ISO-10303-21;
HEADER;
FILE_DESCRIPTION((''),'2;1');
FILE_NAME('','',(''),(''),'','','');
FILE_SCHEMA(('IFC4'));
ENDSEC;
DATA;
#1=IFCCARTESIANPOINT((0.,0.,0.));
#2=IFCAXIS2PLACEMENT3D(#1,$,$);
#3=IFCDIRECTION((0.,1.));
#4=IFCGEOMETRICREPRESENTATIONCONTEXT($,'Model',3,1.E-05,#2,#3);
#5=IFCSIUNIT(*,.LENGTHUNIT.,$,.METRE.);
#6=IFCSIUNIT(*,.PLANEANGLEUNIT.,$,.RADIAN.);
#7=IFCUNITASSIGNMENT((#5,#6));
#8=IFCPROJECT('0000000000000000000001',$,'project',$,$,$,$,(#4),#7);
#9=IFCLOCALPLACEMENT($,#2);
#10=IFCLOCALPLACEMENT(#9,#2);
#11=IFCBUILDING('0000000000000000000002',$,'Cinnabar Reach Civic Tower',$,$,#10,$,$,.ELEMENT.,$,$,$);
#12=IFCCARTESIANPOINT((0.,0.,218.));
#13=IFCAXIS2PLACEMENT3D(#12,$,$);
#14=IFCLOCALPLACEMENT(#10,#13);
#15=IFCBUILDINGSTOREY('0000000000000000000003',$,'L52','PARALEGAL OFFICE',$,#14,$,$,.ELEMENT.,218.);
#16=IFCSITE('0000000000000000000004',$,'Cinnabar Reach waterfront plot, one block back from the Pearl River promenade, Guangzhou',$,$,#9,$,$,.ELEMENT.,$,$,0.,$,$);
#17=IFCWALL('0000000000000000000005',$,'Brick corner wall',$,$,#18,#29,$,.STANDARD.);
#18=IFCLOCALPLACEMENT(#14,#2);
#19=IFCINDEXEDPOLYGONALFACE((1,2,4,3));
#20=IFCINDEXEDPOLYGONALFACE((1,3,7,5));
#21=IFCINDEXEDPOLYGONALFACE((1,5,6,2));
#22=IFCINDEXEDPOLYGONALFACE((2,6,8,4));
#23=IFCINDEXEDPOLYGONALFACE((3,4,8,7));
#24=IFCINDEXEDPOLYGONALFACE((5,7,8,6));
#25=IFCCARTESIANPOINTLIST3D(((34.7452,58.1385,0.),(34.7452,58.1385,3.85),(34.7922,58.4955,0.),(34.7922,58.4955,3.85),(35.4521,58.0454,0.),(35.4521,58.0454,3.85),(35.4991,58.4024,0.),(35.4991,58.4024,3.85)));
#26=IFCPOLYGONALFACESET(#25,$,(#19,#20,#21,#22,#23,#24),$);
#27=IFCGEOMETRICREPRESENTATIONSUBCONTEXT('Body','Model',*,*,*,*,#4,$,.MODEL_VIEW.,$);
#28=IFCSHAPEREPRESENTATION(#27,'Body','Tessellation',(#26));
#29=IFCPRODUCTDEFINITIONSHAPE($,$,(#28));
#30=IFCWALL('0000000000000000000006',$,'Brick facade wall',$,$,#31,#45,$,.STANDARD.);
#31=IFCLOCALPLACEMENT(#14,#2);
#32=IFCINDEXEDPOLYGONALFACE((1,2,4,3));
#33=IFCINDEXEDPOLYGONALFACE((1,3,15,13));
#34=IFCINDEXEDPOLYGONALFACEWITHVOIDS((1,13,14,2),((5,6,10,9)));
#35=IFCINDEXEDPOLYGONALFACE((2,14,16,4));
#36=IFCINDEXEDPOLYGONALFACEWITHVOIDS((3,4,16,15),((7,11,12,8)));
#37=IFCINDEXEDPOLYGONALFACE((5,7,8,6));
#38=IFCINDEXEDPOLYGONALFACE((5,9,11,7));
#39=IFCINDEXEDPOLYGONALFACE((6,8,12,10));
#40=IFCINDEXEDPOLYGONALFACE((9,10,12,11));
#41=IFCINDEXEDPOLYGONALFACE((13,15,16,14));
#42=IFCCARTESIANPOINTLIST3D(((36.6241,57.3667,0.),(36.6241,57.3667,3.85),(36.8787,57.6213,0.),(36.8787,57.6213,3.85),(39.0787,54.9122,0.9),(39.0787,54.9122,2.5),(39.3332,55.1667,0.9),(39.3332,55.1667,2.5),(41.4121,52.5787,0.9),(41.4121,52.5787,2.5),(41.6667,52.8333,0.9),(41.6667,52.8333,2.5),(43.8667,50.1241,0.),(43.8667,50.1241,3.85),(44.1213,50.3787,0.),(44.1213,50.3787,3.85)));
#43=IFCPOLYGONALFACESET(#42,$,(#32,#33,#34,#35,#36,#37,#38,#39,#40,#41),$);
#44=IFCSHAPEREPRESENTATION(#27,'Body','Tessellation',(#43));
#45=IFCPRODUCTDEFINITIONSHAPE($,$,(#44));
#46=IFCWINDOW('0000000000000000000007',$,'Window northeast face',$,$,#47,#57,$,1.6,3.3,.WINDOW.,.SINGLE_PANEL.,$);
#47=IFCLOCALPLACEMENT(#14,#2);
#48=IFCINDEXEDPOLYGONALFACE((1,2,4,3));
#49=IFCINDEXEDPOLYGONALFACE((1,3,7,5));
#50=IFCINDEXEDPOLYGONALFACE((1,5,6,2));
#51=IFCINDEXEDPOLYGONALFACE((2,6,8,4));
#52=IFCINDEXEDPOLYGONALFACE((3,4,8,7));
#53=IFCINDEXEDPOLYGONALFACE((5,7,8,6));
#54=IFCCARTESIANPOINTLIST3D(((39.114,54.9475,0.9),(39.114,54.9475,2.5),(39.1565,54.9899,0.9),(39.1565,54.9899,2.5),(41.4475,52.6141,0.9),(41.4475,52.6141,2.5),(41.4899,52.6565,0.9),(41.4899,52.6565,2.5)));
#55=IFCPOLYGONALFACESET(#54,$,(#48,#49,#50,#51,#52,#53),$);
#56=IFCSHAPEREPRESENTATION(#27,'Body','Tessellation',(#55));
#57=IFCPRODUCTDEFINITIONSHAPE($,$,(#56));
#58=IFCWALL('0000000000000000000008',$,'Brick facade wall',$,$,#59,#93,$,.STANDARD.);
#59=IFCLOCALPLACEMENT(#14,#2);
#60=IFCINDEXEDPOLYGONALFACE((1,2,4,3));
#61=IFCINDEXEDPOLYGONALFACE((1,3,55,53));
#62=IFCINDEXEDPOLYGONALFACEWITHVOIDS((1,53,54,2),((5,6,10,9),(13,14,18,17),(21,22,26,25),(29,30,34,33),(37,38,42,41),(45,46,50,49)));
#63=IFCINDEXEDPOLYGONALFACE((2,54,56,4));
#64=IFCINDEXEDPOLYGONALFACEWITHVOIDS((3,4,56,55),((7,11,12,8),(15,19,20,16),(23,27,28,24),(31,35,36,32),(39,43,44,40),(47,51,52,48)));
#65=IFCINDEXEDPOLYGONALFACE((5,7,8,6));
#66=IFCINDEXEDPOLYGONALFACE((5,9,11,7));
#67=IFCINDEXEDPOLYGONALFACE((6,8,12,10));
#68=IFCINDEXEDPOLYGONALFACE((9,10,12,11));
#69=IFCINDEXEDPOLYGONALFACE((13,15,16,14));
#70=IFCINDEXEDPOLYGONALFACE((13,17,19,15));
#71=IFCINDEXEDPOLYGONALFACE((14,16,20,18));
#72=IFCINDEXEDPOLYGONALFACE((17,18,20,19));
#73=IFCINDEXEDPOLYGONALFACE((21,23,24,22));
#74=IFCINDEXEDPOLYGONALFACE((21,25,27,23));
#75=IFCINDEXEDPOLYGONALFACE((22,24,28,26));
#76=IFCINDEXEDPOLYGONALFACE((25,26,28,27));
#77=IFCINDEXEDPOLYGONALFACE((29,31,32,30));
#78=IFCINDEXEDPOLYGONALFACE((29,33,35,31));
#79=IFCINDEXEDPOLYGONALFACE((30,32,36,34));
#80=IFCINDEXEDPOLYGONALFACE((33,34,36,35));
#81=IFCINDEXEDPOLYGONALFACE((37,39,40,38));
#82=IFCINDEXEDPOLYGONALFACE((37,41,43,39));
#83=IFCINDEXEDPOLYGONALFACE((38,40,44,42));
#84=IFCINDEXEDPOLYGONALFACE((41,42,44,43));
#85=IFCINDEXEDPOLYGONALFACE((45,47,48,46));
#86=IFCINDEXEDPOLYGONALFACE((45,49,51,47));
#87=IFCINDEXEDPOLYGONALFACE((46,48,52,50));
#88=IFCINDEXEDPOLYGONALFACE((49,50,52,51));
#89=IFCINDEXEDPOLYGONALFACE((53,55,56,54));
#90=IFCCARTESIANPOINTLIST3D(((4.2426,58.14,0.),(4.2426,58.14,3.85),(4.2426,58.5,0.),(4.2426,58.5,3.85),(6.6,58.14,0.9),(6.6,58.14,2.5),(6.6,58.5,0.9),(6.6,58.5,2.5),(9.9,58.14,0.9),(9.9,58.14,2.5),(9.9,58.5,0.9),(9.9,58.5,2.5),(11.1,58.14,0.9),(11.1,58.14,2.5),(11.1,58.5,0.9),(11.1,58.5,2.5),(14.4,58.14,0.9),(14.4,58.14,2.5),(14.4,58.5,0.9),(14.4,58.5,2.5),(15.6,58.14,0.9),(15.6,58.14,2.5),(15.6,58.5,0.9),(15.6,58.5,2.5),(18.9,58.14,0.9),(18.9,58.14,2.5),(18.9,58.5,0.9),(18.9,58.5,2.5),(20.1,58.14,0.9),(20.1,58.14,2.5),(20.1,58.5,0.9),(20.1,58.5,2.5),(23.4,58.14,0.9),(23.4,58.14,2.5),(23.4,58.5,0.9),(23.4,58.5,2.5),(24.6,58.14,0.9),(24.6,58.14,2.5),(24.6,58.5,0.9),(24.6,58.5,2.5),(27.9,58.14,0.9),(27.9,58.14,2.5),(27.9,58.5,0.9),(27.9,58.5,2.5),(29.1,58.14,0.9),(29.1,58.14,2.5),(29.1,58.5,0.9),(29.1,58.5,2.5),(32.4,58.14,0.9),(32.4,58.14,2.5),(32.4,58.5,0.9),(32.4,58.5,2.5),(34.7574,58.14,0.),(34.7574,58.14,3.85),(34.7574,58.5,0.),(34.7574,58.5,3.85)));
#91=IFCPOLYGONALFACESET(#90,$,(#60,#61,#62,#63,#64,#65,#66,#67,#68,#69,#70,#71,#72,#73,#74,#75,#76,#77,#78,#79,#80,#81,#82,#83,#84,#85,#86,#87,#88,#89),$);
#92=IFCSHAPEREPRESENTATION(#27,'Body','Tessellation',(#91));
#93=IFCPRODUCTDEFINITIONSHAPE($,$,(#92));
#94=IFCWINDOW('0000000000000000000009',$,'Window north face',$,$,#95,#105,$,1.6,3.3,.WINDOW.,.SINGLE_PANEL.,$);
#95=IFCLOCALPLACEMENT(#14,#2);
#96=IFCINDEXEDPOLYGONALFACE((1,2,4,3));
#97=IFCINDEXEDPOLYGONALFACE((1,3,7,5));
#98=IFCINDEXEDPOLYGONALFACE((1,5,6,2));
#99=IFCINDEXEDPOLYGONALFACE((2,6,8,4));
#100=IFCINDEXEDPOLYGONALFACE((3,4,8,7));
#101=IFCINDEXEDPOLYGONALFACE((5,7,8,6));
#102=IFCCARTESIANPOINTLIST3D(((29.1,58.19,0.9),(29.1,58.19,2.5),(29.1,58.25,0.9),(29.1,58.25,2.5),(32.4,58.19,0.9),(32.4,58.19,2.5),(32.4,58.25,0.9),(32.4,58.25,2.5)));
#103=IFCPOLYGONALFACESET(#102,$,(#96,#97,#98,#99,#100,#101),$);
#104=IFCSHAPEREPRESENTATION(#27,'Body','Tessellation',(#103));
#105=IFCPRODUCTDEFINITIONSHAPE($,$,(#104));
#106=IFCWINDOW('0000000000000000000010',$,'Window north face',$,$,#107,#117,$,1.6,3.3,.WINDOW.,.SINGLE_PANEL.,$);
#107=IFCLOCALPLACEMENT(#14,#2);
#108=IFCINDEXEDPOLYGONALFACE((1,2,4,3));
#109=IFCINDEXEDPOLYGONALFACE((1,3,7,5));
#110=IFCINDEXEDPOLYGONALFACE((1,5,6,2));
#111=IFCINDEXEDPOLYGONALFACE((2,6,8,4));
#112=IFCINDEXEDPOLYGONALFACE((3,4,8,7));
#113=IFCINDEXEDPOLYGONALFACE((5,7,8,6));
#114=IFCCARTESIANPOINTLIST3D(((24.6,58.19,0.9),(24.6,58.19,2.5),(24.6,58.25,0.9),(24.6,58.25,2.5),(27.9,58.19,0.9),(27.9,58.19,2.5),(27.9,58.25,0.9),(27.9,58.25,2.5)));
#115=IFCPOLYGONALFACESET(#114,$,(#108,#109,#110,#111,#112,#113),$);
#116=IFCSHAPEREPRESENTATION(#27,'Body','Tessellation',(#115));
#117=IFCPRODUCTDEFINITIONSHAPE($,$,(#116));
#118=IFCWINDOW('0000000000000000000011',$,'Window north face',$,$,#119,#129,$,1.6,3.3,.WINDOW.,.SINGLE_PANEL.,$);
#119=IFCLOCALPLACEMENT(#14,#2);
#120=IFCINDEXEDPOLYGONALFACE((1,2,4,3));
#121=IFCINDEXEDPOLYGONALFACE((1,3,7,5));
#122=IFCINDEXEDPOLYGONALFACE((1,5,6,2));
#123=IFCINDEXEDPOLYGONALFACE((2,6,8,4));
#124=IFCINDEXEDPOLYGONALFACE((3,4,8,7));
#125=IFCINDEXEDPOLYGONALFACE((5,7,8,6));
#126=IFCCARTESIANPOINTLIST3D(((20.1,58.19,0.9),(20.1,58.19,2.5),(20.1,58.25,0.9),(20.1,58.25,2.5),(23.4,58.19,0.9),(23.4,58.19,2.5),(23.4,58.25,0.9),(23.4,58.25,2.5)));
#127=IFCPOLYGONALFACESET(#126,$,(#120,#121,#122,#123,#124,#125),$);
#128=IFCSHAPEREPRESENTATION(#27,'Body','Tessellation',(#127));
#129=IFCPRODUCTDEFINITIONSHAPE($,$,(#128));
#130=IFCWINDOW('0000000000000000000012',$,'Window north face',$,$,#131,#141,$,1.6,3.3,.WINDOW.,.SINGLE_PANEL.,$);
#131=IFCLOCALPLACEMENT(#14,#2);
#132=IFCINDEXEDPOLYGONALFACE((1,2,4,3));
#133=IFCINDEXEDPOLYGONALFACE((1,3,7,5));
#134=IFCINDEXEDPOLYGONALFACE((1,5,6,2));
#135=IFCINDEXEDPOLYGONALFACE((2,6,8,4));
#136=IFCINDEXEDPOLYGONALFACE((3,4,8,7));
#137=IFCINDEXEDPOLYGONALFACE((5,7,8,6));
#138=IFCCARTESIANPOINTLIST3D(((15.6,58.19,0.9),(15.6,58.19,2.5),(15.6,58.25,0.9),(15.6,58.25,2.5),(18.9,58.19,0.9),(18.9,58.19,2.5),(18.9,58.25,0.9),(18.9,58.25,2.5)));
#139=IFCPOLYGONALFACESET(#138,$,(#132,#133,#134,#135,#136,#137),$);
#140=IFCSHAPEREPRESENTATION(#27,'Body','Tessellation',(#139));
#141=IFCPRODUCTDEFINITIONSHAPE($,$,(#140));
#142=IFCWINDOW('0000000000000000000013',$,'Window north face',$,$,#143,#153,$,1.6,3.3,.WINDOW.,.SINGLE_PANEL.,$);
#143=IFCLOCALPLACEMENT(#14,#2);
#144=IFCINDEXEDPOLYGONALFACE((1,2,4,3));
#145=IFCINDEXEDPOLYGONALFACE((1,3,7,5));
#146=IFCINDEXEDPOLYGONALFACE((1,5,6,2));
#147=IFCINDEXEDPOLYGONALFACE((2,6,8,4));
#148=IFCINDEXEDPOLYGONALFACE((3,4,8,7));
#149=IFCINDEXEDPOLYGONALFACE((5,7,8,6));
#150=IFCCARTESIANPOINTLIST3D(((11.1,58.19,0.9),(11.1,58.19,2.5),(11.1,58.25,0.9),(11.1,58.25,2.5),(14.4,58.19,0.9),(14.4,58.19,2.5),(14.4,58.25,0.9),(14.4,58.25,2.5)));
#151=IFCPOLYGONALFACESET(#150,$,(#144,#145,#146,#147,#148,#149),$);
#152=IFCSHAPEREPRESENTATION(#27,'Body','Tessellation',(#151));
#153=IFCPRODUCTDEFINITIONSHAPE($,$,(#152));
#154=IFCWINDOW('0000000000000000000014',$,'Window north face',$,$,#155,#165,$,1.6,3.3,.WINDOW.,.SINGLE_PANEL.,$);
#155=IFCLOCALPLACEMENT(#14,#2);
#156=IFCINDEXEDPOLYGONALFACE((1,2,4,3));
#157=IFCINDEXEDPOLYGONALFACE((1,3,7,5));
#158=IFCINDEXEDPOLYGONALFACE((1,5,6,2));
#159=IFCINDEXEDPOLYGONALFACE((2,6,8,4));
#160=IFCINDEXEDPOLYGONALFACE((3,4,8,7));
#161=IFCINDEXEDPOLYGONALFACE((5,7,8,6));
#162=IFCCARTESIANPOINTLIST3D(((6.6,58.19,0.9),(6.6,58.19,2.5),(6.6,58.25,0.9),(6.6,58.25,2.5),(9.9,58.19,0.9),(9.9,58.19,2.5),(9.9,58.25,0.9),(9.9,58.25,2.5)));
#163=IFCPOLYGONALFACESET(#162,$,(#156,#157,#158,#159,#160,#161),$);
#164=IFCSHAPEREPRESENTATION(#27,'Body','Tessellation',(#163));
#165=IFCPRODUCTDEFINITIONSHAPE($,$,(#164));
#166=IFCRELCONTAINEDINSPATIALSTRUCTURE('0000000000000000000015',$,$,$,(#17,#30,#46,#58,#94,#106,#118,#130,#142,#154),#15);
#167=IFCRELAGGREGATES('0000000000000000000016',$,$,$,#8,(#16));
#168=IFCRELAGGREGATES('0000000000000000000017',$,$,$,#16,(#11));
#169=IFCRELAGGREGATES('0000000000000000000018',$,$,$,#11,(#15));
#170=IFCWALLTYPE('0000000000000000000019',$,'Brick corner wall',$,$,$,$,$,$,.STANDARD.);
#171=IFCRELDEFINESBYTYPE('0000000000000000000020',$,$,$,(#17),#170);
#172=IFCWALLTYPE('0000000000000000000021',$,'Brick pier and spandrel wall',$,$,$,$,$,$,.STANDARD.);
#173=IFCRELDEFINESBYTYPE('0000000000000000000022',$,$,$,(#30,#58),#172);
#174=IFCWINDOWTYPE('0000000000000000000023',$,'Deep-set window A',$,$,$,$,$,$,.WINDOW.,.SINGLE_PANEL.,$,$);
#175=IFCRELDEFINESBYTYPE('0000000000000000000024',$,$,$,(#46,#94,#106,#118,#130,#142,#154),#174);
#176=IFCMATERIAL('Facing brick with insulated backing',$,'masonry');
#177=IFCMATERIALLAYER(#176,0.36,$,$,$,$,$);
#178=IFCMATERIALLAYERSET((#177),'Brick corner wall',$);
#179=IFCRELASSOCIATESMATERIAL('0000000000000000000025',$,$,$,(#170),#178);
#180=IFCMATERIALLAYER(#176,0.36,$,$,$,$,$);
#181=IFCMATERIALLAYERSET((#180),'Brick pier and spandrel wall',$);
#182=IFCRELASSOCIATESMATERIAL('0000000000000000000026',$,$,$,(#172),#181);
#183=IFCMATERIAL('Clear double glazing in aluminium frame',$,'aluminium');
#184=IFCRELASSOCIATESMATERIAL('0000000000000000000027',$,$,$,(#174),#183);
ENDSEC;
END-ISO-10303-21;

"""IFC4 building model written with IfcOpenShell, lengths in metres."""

from ifc_helpers import new_model, si_unit, direction, frame, frame_2d, origin, place, context, subcontext, project, spatial, rectangle, extrude, material, layer, layer_set, type_object, element, fill, save


model = new_model("IFC4")

# Units and contexts
model_context = context("Model", 3, precision=1e-05, world=origin(), true_north=direction((0.0, 1.0)))
body_context = subcontext(model_context, "Body", "Model", "MODEL_VIEW")
ifc_project = project(units=[si_unit("LENGTHUNIT", "METRE"), si_unit("PLANEANGLEUNIT", "RADIAN")], contexts=[model_context])

# Site, building, storey
site_placement = place(None, origin())
site = spatial("IfcSite", under=ifc_project, at=site_placement, Name="Cinnabar Reach waterfront plot, one block back from the Pearl River promenade, Guangzhou", CompositionType="ELEMENT", RefElevation=0.0)
building_placement = place(site_placement, origin())
building = spatial("IfcBuilding", under=site, at=building_placement, Name="Cinnabar Reach Civic Tower", CompositionType="ELEMENT")
storey_placement = place(building_placement, frame((0.0, 0.0, 218.0)))
storey = spatial("IfcBuildingStorey", under=building, at=storey_placement, Name="L52", Description="PARALEGAL OFFICE", CompositionType="ELEMENT", Elevation=218.0)

# Wall
ifc_material_1 = material(Name="Facing brick with insulated backing", Category="masonry")
ifc_layer_1 = layer(ifc_material_1, 0.36)
ifc_layer_set_1 = layer_set([ifc_layer_1], Name="Brick corner wall")
wall_type_1 = type_object("IfcWallType", Name="Brick corner wall", PredefinedType="STANDARD", material=ifc_layer_set_1)
for number, where, z_axis, x_axis, name in (
    (1, (35.4756, 58.2239, 0.0), (0.0, 0.0, 1.0), (-0.991441, 0.130556, 0.0), "Brick corner wall"),
):
    element("IfcWall", number, at=place(storey_placement, frame(where, z_axis=z_axis, x_axis=x_axis)), inside=storey, type_object=wall_type_1, Name=name, PredefinedType="STANDARD", context=body_context, shape_type="SweptSolid", body=[
        extrude(rectangle(XDim=0.7131, YDim=0.36, at=frame_2d((0.3565, 0.0))), origin(), (0.0, 0.0, 1.0), 3.85),
    ])

# Wall, opening, window
ifc_layer_2 = layer(ifc_material_1, 0.36)
ifc_layer_set_2 = layer_set([ifc_layer_2], Name="Brick pier and spandrel wall")
wall_type_2 = type_object("IfcWallType", Name="Brick pier and spandrel wall", PredefinedType="STANDARD", material=ifc_layer_set_2)
wall_1_placement = place(storey_placement, frame((43.994, 50.2514, 0.0), z_axis=(0.0, 0.0, 1.0), x_axis=(-0.707107, 0.707107, 0.0)))
wall_1 = element("IfcWall", 2, at=wall_1_placement, inside=storey, type_object=wall_type_2, Name="Brick facade wall", PredefinedType="STANDARD", context=body_context, shape_type="SweptSolid", body=[
    extrude(rectangle(XDim=10.2426, YDim=0.36, at=frame_2d((5.1213, 0.0))), origin(), (0.0, 0.0, 1.0), 3.85),
])
opening_1_placement = place(wall_1_placement, frame((3.4713, 0.0, 0.9)))
opening_1 = element("IfcOpeningElement", 3, at=opening_1_placement, cuts=wall_1, PredefinedType="OPENING", context=body_context, shape_type="SweptSolid", body=[
    extrude(rectangle(XDim=3.3, YDim=1.6, at=frame_2d((1.65, 0.8))), frame((0.0, 0.19, 0.0), z_axis=(0.0, -1.0, 0.0), x_axis=(1.0, 0.0, 0.0)), (0.0, 0.0, 1.0), 0.38),
])
ifc_material_2 = material(Name="Clear double glazing in aluminium frame", Category="aluminium")
window_type = type_object("IfcWindowType", Name="Deep-set window A", PartitioningType="SINGLE_PANEL", PredefinedType="WINDOW", material=ifc_material_2)
window_1_placement = place(opening_1_placement, origin())
window_1 = element("IfcWindow", 4, at=window_1_placement, inside=storey, type_object=window_type, Name="Window northeast face", OverallHeight=1.6, OverallWidth=3.3, PartitioningType="SINGLE_PANEL", PredefinedType="WINDOW", context=body_context, shape_type="SweptSolid", body=[
    extrude(rectangle(XDim=3.3, YDim=1.6, at=frame_2d((1.65, 0.8))), frame((0.0, 0.13, 0.0), z_axis=(0.0, -1.0, 0.0), x_axis=(1.0, 0.0, 0.0)), (0.0, 0.0, 1.0), 0.06),
])
fill(opening_1, window_1)

# Wall, openings, windows
wall_2_placement = place(storey_placement, frame((34.7574, 58.32, 0.0), z_axis=(0.0, 0.0, 1.0), x_axis=(-1.0, 0.0, 0.0)))
wall_2 = element("IfcWall", 5, at=wall_2_placement, inside=storey, type_object=wall_type_2, Name="Brick facade wall", PredefinedType="STANDARD", context=body_context, shape_type="SweptSolid", body=[
    extrude(rectangle(XDim=30.5148, YDim=0.36, at=frame_2d((15.2574, 0.0))), origin(), (0.0, 0.0, 1.0), 3.85),
])
opening_2_placement = place(wall_2_placement, frame((2.3574, 0.0, 0.9)))
opening_2 = element("IfcOpeningElement", 6, at=opening_2_placement, cuts=wall_2, PredefinedType="OPENING", context=body_context, shape_type="SweptSolid", body=[
    extrude(rectangle(XDim=3.3, YDim=1.6, at=frame_2d((1.65, 0.8))), frame((0.0, 0.19, 0.0), z_axis=(0.0, -1.0, 0.0), x_axis=(1.0, 0.0, 0.0)), (0.0, 0.0, 1.0), 0.38),
])
opening_3_placement = place(wall_2_placement, frame((6.8574, 0.0, 0.9)))
opening_3 = element("IfcOpeningElement", 7, at=opening_3_placement, cuts=wall_2, PredefinedType="OPENING", context=body_context, shape_type="SweptSolid", body=[
    extrude(rectangle(XDim=3.3, YDim=1.6, at=frame_2d((1.65, 0.8))), frame((0.0, 0.19, 0.0), z_axis=(0.0, -1.0, 0.0), x_axis=(1.0, 0.0, 0.0)), (0.0, 0.0, 1.0), 0.38),
])
opening_4_placement = place(wall_2_placement, frame((11.3574, 0.0, 0.9)))
opening_4 = element("IfcOpeningElement", 8, at=opening_4_placement, cuts=wall_2, PredefinedType="OPENING", context=body_context, shape_type="SweptSolid", body=[
    extrude(rectangle(XDim=3.3, YDim=1.6, at=frame_2d((1.65, 0.8))), frame((0.0, 0.19, 0.0), z_axis=(0.0, -1.0, 0.0), x_axis=(1.0, 0.0, 0.0)), (0.0, 0.0, 1.0), 0.38),
])
opening_5_placement = place(wall_2_placement, frame((15.8574, 0.0, 0.9)))
opening_5 = element("IfcOpeningElement", 9, at=opening_5_placement, cuts=wall_2, PredefinedType="OPENING", context=body_context, shape_type="SweptSolid", body=[
    extrude(rectangle(XDim=3.3, YDim=1.6, at=frame_2d((1.65, 0.8))), frame((0.0, 0.19, 0.0), z_axis=(0.0, -1.0, 0.0), x_axis=(1.0, 0.0, 0.0)), (0.0, 0.0, 1.0), 0.38),
])
opening_6_placement = place(wall_2_placement, frame((20.3574, 0.0, 0.9)))
opening_6 = element("IfcOpeningElement", 10, at=opening_6_placement, cuts=wall_2, PredefinedType="OPENING", context=body_context, shape_type="SweptSolid", body=[
    extrude(rectangle(XDim=3.3, YDim=1.6, at=frame_2d((1.65, 0.8))), frame((0.0, 0.19, 0.0), z_axis=(0.0, -1.0, 0.0), x_axis=(1.0, 0.0, 0.0)), (0.0, 0.0, 1.0), 0.38),
])
opening_7_placement = place(wall_2_placement, frame((24.8574, 0.0, 0.9)))
opening_7 = element("IfcOpeningElement", 11, at=opening_7_placement, cuts=wall_2, PredefinedType="OPENING", context=body_context, shape_type="SweptSolid", body=[
    extrude(rectangle(XDim=3.3, YDim=1.6, at=frame_2d((1.65, 0.8))), frame((0.0, 0.19, 0.0), z_axis=(0.0, -1.0, 0.0), x_axis=(1.0, 0.0, 0.0)), (0.0, 0.0, 1.0), 0.38),
])
window_2_placement = place(opening_2_placement, origin())
window_2 = element("IfcWindow", 12, at=window_2_placement, inside=storey, type_object=window_type, Name="Window north face", OverallHeight=1.6, OverallWidth=3.3, PartitioningType="SINGLE_PANEL", PredefinedType="WINDOW", context=body_context, shape_type="SweptSolid", body=[
    extrude(rectangle(XDim=3.3, YDim=1.6, at=frame_2d((1.65, 0.8))), frame((0.0, 0.13, 0.0), z_axis=(0.0, -1.0, 0.0), x_axis=(1.0, 0.0, 0.0)), (0.0, 0.0, 1.0), 0.06),
])
fill(opening_2, window_2)
window_3_placement = place(opening_3_placement, origin())
window_3 = element("IfcWindow", 13, at=window_3_placement, inside=storey, type_object=window_type, Name="Window north face", OverallHeight=1.6, OverallWidth=3.3, PartitioningType="SINGLE_PANEL", PredefinedType="WINDOW", context=body_context, shape_type="SweptSolid", body=[
    extrude(rectangle(XDim=3.3, YDim=1.6, at=frame_2d((1.65, 0.8))), frame((0.0, 0.13, 0.0), z_axis=(0.0, -1.0, 0.0), x_axis=(1.0, 0.0, 0.0)), (0.0, 0.0, 1.0), 0.06),
])
fill(opening_3, window_3)
window_4_placement = place(opening_4_placement, origin())
window_4 = element("IfcWindow", 14, at=window_4_placement, inside=storey, type_object=window_type, Name="Window north face", OverallHeight=1.6, OverallWidth=3.3, PartitioningType="SINGLE_PANEL", PredefinedType="WINDOW", context=body_context, shape_type="SweptSolid", body=[
    extrude(rectangle(XDim=3.3, YDim=1.6, at=frame_2d((1.65, 0.8))), frame((0.0, 0.13, 0.0), z_axis=(0.0, -1.0, 0.0), x_axis=(1.0, 0.0, 0.0)), (0.0, 0.0, 1.0), 0.06),
])
fill(opening_4, window_4)
window_5_placement = place(opening_5_placement, origin())
window_5 = element("IfcWindow", 15, at=window_5_placement, inside=storey, type_object=window_type, Name="Window north face", OverallHeight=1.6, OverallWidth=3.3, PartitioningType="SINGLE_PANEL", PredefinedType="WINDOW", context=body_context, shape_type="SweptSolid", body=[
    extrude(rectangle(XDim=3.3, YDim=1.6, at=frame_2d((1.65, 0.8))), frame((0.0, 0.13, 0.0), z_axis=(0.0, -1.0, 0.0), x_axis=(1.0, 0.0, 0.0)), (0.0, 0.0, 1.0), 0.06),
])
fill(opening_5, window_5)
window_6_placement = place(opening_6_placement, origin())
window_6 = element("IfcWindow", 16, at=window_6_placement, inside=storey, type_object=window_type, Name="Window north face", OverallHeight=1.6, OverallWidth=3.3, PartitioningType="SINGLE_PANEL", PredefinedType="WINDOW", context=body_context, shape_type="SweptSolid", body=[
    extrude(rectangle(XDim=3.3, YDim=1.6, at=frame_2d((1.65, 0.8))), frame((0.0, 0.13, 0.0), z_axis=(0.0, -1.0, 0.0), x_axis=(1.0, 0.0, 0.0)), (0.0, 0.0, 1.0), 0.06),
])
fill(opening_6, window_6)
window_7_placement = place(opening_7_placement, origin())
window_7 = element("IfcWindow", 17, at=window_7_placement, inside=storey, type_object=window_type, Name="Window north face", OverallHeight=1.6, OverallWidth=3.3, PartitioningType="SINGLE_PANEL", PredefinedType="WINDOW", context=body_context, shape_type="SweptSolid", body=[
    extrude(rectangle(XDim=3.3, YDim=1.6, at=frame_2d((1.65, 0.8))), frame((0.0, 0.13, 0.0), z_axis=(0.0, -1.0, 0.0), x_axis=(1.0, 0.0, 0.0)), (0.0, 0.0, 1.0), 0.06),
])
fill(opening_7, window_7)

save(model, "model.ifc")
